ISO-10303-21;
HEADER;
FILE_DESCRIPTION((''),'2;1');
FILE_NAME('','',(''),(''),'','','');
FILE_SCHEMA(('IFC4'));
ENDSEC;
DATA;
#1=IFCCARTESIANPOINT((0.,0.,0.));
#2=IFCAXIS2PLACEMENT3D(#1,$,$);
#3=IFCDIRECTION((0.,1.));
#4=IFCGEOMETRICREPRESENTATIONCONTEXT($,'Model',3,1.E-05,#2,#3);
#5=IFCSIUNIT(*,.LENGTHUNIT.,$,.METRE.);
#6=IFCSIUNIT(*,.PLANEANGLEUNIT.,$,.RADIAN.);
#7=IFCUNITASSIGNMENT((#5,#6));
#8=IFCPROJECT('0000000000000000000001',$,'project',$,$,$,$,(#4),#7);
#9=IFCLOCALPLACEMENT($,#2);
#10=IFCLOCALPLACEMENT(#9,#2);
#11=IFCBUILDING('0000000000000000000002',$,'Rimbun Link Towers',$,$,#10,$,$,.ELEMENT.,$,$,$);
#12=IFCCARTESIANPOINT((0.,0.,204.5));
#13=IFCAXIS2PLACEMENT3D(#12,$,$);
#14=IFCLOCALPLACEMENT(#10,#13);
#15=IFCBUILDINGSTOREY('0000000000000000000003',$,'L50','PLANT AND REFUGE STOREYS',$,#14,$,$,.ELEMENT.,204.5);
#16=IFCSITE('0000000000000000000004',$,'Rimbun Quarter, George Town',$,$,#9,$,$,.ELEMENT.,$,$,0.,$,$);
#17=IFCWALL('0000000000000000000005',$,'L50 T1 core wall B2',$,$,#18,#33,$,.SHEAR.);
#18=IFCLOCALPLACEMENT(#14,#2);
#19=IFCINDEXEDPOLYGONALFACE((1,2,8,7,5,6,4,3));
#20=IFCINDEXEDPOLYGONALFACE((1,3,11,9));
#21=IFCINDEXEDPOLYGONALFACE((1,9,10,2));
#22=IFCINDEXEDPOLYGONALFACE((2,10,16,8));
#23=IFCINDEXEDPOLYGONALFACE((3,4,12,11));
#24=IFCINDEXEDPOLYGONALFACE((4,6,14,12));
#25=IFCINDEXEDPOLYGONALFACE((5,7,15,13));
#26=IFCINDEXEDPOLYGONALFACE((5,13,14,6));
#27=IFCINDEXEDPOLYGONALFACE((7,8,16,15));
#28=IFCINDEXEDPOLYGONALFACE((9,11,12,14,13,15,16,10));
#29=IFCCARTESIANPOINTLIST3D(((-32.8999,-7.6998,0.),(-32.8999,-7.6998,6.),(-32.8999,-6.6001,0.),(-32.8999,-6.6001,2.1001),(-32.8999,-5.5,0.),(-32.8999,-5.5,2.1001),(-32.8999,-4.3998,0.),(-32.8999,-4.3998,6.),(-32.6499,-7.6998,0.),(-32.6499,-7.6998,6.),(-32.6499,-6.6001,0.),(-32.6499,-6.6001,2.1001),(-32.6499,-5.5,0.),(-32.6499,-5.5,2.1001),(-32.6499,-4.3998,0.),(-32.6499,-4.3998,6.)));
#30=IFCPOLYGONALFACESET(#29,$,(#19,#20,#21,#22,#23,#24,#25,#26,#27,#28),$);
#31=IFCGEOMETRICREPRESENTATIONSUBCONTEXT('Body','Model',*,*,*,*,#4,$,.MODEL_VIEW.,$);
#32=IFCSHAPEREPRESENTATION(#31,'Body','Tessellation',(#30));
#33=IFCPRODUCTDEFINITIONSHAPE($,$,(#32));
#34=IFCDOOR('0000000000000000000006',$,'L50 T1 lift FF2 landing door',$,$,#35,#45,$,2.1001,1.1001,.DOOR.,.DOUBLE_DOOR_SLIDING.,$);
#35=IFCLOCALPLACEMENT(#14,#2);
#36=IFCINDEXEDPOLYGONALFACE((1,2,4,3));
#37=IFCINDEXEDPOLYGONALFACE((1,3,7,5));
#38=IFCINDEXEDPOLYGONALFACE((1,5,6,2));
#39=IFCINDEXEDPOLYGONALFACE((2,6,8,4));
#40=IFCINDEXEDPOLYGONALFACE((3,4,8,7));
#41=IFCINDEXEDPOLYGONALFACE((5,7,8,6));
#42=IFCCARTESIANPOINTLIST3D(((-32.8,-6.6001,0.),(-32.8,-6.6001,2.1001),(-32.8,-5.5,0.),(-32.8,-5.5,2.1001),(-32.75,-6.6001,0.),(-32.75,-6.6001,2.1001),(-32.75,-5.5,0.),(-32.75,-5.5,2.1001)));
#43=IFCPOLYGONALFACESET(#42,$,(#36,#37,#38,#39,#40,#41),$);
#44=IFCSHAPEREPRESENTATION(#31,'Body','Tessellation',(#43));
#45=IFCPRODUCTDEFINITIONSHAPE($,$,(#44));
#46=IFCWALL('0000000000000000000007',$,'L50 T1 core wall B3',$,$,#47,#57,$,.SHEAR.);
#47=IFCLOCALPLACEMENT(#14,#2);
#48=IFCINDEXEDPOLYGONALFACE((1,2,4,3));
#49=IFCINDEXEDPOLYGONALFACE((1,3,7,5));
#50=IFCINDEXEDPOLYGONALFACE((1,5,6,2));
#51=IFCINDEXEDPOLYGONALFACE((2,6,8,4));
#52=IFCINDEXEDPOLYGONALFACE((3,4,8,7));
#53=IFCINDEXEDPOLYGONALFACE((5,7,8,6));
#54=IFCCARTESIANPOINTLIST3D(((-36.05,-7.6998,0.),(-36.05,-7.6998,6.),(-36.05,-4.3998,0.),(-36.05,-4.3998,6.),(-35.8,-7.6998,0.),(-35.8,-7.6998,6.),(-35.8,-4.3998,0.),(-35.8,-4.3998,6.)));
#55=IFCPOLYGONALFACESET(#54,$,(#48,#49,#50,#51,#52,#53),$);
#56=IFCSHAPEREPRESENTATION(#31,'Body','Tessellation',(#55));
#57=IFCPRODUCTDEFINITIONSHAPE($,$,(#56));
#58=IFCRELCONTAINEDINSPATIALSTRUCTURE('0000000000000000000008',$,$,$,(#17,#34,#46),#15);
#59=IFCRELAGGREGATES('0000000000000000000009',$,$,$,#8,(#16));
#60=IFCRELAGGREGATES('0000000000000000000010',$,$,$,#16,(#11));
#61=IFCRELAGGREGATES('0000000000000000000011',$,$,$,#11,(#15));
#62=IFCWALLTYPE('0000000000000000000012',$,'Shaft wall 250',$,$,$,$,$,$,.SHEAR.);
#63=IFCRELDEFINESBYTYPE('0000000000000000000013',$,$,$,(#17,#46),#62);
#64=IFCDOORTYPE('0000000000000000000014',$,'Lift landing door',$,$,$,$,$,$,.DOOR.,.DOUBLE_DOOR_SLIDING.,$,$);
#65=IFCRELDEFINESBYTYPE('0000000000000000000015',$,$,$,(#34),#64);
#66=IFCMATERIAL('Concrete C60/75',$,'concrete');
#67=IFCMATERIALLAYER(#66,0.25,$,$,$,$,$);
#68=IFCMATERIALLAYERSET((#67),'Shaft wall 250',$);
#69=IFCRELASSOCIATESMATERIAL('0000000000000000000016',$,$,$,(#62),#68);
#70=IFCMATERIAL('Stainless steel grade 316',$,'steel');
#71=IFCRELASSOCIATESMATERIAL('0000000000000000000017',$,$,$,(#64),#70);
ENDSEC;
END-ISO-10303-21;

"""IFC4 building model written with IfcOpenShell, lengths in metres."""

from ifc_helpers import new_model, si_unit, direction, frame, frame_2d, origin, place, context, subcontext, project, spatial, rectangle, extrude, material, layer, layer_set, type_object, element, fill, save


model = new_model("IFC4")

# Units and contexts
model_context = context("Model", 3, precision=1e-05, world=origin(), true_north=direction((0.0, 1.0)))
body_context = subcontext(model_context, "Body", "Model", "MODEL_VIEW")
ifc_project = project(units=[si_unit("LENGTHUNIT", "METRE"), si_unit("PLANEANGLEUNIT", "RADIAN")], contexts=[model_context])

# Site, building, storey
site_placement = place(None, origin())
site = spatial("IfcSite", under=ifc_project, at=site_placement, Name="Rimbun Quarter, George Town", CompositionType="ELEMENT", RefElevation=0.0)
building_placement = place(site_placement, origin())
building = spatial("IfcBuilding", under=site, at=building_placement, Name="Rimbun Link Towers", CompositionType="ELEMENT")
storey_placement = place(building_placement, frame((0.0, 0.0, 204.5)))
storey = spatial("IfcBuildingStorey", under=building, at=storey_placement, Name="L50", Description="PLANT AND REFUGE STOREYS", CompositionType="ELEMENT", Elevation=204.5)

# Shared definitions
ifc_material_1 = material(Name="Concrete C60/75", Category="concrete")
ifc_layer_1 = layer(ifc_material_1, 0.25)
ifc_layer_set_1 = layer_set([ifc_layer_1], Name="Shaft wall 250")
wall_type_1 = type_object("IfcWallType", Name="Shaft wall 250", PredefinedType="SHEAR", material=ifc_layer_set_1)
ifc_material_2 = material(Name="Stainless steel grade 316", Category="steel")
door_type_1 = type_object("IfcDoorType", Name="Lift landing door", OperationType="DOUBLE_DOOR_SLIDING", PredefinedType="DOOR", material=ifc_material_2)

# Wall, opening, door
wall_1_placement = place(storey_placement, frame((-32.7749, -4.3999, 0.0), z_axis=(0.0, 0.0, 1.0), x_axis=(0.0, -1.0, 0.0)))
wall_1 = element("IfcWall", 1, at=wall_1_placement, inside=storey, type_object=wall_type_1, Name="L50 T1 core wall B2", PredefinedType="SHEAR", context=body_context, shape_type="SweptSolid", body=[
    extrude(rectangle(XDim=3.3, YDim=0.25, at=frame_2d((1.6499, 0.0))), origin(), (0.0, 0.0, 1.0), 6.0),
])
opening_1_placement = place(wall_1_placement, frame((1.1001, 0.0, 0.0)))
opening_1 = element("IfcOpeningElement", 2, at=opening_1_placement, cuts=wall_1, PredefinedType="OPENING", context=body_context, shape_type="SweptSolid", body=[
    extrude(rectangle(XDim=1.1001, YDim=2.1001, at=frame_2d((0.55, 1.05))), frame((0.0, 0.135, 0.0), z_axis=(0.0, -1.0, 0.0), x_axis=(1.0, 0.0, 0.0)), (0.0, 0.0, 1.0), 0.27),
])
door_1_placement = place(opening_1_placement, origin())
door_1 = element("IfcDoor", 3, at=door_1_placement, inside=storey, type_object=door_type_1, Name="L50 T1 lift FF2 landing door", OperationType="DOUBLE_DOOR_SLIDING", OverallHeight=2.1001, OverallWidth=1.1001, PredefinedType="DOOR", context=body_context, shape_type="SweptSolid", body=[
    extrude(rectangle(XDim=1.1001, YDim=2.1001, at=frame_2d((0.55, 1.05))), frame((0.0, 0.0249, 0.0), z_axis=(0.0, -1.0, 0.0), x_axis=(1.0, 0.0, 0.0)), (0.0, 0.0, 1.0), 0.05),
])
fill(opening_1, door_1)

# Wall
wall_2_placement = place(storey_placement, frame((-35.925, -4.3999, 0.0), z_axis=(0.0, 0.0, 1.0), x_axis=(0.0, -1.0, 0.0)))
element("IfcWall", 4, at=wall_2_placement, inside=storey, type_object=wall_type_1, Name="L50 T1 core wall B3", PredefinedType="SHEAR", context=body_context, shape_type="SweptSolid", body=[
    extrude(rectangle(XDim=3.3, YDim=0.25, at=frame_2d((1.6499, 0.0))), origin(), (0.0, 0.0, 1.0), 6.0),
])

save(model, "model.ifc")
